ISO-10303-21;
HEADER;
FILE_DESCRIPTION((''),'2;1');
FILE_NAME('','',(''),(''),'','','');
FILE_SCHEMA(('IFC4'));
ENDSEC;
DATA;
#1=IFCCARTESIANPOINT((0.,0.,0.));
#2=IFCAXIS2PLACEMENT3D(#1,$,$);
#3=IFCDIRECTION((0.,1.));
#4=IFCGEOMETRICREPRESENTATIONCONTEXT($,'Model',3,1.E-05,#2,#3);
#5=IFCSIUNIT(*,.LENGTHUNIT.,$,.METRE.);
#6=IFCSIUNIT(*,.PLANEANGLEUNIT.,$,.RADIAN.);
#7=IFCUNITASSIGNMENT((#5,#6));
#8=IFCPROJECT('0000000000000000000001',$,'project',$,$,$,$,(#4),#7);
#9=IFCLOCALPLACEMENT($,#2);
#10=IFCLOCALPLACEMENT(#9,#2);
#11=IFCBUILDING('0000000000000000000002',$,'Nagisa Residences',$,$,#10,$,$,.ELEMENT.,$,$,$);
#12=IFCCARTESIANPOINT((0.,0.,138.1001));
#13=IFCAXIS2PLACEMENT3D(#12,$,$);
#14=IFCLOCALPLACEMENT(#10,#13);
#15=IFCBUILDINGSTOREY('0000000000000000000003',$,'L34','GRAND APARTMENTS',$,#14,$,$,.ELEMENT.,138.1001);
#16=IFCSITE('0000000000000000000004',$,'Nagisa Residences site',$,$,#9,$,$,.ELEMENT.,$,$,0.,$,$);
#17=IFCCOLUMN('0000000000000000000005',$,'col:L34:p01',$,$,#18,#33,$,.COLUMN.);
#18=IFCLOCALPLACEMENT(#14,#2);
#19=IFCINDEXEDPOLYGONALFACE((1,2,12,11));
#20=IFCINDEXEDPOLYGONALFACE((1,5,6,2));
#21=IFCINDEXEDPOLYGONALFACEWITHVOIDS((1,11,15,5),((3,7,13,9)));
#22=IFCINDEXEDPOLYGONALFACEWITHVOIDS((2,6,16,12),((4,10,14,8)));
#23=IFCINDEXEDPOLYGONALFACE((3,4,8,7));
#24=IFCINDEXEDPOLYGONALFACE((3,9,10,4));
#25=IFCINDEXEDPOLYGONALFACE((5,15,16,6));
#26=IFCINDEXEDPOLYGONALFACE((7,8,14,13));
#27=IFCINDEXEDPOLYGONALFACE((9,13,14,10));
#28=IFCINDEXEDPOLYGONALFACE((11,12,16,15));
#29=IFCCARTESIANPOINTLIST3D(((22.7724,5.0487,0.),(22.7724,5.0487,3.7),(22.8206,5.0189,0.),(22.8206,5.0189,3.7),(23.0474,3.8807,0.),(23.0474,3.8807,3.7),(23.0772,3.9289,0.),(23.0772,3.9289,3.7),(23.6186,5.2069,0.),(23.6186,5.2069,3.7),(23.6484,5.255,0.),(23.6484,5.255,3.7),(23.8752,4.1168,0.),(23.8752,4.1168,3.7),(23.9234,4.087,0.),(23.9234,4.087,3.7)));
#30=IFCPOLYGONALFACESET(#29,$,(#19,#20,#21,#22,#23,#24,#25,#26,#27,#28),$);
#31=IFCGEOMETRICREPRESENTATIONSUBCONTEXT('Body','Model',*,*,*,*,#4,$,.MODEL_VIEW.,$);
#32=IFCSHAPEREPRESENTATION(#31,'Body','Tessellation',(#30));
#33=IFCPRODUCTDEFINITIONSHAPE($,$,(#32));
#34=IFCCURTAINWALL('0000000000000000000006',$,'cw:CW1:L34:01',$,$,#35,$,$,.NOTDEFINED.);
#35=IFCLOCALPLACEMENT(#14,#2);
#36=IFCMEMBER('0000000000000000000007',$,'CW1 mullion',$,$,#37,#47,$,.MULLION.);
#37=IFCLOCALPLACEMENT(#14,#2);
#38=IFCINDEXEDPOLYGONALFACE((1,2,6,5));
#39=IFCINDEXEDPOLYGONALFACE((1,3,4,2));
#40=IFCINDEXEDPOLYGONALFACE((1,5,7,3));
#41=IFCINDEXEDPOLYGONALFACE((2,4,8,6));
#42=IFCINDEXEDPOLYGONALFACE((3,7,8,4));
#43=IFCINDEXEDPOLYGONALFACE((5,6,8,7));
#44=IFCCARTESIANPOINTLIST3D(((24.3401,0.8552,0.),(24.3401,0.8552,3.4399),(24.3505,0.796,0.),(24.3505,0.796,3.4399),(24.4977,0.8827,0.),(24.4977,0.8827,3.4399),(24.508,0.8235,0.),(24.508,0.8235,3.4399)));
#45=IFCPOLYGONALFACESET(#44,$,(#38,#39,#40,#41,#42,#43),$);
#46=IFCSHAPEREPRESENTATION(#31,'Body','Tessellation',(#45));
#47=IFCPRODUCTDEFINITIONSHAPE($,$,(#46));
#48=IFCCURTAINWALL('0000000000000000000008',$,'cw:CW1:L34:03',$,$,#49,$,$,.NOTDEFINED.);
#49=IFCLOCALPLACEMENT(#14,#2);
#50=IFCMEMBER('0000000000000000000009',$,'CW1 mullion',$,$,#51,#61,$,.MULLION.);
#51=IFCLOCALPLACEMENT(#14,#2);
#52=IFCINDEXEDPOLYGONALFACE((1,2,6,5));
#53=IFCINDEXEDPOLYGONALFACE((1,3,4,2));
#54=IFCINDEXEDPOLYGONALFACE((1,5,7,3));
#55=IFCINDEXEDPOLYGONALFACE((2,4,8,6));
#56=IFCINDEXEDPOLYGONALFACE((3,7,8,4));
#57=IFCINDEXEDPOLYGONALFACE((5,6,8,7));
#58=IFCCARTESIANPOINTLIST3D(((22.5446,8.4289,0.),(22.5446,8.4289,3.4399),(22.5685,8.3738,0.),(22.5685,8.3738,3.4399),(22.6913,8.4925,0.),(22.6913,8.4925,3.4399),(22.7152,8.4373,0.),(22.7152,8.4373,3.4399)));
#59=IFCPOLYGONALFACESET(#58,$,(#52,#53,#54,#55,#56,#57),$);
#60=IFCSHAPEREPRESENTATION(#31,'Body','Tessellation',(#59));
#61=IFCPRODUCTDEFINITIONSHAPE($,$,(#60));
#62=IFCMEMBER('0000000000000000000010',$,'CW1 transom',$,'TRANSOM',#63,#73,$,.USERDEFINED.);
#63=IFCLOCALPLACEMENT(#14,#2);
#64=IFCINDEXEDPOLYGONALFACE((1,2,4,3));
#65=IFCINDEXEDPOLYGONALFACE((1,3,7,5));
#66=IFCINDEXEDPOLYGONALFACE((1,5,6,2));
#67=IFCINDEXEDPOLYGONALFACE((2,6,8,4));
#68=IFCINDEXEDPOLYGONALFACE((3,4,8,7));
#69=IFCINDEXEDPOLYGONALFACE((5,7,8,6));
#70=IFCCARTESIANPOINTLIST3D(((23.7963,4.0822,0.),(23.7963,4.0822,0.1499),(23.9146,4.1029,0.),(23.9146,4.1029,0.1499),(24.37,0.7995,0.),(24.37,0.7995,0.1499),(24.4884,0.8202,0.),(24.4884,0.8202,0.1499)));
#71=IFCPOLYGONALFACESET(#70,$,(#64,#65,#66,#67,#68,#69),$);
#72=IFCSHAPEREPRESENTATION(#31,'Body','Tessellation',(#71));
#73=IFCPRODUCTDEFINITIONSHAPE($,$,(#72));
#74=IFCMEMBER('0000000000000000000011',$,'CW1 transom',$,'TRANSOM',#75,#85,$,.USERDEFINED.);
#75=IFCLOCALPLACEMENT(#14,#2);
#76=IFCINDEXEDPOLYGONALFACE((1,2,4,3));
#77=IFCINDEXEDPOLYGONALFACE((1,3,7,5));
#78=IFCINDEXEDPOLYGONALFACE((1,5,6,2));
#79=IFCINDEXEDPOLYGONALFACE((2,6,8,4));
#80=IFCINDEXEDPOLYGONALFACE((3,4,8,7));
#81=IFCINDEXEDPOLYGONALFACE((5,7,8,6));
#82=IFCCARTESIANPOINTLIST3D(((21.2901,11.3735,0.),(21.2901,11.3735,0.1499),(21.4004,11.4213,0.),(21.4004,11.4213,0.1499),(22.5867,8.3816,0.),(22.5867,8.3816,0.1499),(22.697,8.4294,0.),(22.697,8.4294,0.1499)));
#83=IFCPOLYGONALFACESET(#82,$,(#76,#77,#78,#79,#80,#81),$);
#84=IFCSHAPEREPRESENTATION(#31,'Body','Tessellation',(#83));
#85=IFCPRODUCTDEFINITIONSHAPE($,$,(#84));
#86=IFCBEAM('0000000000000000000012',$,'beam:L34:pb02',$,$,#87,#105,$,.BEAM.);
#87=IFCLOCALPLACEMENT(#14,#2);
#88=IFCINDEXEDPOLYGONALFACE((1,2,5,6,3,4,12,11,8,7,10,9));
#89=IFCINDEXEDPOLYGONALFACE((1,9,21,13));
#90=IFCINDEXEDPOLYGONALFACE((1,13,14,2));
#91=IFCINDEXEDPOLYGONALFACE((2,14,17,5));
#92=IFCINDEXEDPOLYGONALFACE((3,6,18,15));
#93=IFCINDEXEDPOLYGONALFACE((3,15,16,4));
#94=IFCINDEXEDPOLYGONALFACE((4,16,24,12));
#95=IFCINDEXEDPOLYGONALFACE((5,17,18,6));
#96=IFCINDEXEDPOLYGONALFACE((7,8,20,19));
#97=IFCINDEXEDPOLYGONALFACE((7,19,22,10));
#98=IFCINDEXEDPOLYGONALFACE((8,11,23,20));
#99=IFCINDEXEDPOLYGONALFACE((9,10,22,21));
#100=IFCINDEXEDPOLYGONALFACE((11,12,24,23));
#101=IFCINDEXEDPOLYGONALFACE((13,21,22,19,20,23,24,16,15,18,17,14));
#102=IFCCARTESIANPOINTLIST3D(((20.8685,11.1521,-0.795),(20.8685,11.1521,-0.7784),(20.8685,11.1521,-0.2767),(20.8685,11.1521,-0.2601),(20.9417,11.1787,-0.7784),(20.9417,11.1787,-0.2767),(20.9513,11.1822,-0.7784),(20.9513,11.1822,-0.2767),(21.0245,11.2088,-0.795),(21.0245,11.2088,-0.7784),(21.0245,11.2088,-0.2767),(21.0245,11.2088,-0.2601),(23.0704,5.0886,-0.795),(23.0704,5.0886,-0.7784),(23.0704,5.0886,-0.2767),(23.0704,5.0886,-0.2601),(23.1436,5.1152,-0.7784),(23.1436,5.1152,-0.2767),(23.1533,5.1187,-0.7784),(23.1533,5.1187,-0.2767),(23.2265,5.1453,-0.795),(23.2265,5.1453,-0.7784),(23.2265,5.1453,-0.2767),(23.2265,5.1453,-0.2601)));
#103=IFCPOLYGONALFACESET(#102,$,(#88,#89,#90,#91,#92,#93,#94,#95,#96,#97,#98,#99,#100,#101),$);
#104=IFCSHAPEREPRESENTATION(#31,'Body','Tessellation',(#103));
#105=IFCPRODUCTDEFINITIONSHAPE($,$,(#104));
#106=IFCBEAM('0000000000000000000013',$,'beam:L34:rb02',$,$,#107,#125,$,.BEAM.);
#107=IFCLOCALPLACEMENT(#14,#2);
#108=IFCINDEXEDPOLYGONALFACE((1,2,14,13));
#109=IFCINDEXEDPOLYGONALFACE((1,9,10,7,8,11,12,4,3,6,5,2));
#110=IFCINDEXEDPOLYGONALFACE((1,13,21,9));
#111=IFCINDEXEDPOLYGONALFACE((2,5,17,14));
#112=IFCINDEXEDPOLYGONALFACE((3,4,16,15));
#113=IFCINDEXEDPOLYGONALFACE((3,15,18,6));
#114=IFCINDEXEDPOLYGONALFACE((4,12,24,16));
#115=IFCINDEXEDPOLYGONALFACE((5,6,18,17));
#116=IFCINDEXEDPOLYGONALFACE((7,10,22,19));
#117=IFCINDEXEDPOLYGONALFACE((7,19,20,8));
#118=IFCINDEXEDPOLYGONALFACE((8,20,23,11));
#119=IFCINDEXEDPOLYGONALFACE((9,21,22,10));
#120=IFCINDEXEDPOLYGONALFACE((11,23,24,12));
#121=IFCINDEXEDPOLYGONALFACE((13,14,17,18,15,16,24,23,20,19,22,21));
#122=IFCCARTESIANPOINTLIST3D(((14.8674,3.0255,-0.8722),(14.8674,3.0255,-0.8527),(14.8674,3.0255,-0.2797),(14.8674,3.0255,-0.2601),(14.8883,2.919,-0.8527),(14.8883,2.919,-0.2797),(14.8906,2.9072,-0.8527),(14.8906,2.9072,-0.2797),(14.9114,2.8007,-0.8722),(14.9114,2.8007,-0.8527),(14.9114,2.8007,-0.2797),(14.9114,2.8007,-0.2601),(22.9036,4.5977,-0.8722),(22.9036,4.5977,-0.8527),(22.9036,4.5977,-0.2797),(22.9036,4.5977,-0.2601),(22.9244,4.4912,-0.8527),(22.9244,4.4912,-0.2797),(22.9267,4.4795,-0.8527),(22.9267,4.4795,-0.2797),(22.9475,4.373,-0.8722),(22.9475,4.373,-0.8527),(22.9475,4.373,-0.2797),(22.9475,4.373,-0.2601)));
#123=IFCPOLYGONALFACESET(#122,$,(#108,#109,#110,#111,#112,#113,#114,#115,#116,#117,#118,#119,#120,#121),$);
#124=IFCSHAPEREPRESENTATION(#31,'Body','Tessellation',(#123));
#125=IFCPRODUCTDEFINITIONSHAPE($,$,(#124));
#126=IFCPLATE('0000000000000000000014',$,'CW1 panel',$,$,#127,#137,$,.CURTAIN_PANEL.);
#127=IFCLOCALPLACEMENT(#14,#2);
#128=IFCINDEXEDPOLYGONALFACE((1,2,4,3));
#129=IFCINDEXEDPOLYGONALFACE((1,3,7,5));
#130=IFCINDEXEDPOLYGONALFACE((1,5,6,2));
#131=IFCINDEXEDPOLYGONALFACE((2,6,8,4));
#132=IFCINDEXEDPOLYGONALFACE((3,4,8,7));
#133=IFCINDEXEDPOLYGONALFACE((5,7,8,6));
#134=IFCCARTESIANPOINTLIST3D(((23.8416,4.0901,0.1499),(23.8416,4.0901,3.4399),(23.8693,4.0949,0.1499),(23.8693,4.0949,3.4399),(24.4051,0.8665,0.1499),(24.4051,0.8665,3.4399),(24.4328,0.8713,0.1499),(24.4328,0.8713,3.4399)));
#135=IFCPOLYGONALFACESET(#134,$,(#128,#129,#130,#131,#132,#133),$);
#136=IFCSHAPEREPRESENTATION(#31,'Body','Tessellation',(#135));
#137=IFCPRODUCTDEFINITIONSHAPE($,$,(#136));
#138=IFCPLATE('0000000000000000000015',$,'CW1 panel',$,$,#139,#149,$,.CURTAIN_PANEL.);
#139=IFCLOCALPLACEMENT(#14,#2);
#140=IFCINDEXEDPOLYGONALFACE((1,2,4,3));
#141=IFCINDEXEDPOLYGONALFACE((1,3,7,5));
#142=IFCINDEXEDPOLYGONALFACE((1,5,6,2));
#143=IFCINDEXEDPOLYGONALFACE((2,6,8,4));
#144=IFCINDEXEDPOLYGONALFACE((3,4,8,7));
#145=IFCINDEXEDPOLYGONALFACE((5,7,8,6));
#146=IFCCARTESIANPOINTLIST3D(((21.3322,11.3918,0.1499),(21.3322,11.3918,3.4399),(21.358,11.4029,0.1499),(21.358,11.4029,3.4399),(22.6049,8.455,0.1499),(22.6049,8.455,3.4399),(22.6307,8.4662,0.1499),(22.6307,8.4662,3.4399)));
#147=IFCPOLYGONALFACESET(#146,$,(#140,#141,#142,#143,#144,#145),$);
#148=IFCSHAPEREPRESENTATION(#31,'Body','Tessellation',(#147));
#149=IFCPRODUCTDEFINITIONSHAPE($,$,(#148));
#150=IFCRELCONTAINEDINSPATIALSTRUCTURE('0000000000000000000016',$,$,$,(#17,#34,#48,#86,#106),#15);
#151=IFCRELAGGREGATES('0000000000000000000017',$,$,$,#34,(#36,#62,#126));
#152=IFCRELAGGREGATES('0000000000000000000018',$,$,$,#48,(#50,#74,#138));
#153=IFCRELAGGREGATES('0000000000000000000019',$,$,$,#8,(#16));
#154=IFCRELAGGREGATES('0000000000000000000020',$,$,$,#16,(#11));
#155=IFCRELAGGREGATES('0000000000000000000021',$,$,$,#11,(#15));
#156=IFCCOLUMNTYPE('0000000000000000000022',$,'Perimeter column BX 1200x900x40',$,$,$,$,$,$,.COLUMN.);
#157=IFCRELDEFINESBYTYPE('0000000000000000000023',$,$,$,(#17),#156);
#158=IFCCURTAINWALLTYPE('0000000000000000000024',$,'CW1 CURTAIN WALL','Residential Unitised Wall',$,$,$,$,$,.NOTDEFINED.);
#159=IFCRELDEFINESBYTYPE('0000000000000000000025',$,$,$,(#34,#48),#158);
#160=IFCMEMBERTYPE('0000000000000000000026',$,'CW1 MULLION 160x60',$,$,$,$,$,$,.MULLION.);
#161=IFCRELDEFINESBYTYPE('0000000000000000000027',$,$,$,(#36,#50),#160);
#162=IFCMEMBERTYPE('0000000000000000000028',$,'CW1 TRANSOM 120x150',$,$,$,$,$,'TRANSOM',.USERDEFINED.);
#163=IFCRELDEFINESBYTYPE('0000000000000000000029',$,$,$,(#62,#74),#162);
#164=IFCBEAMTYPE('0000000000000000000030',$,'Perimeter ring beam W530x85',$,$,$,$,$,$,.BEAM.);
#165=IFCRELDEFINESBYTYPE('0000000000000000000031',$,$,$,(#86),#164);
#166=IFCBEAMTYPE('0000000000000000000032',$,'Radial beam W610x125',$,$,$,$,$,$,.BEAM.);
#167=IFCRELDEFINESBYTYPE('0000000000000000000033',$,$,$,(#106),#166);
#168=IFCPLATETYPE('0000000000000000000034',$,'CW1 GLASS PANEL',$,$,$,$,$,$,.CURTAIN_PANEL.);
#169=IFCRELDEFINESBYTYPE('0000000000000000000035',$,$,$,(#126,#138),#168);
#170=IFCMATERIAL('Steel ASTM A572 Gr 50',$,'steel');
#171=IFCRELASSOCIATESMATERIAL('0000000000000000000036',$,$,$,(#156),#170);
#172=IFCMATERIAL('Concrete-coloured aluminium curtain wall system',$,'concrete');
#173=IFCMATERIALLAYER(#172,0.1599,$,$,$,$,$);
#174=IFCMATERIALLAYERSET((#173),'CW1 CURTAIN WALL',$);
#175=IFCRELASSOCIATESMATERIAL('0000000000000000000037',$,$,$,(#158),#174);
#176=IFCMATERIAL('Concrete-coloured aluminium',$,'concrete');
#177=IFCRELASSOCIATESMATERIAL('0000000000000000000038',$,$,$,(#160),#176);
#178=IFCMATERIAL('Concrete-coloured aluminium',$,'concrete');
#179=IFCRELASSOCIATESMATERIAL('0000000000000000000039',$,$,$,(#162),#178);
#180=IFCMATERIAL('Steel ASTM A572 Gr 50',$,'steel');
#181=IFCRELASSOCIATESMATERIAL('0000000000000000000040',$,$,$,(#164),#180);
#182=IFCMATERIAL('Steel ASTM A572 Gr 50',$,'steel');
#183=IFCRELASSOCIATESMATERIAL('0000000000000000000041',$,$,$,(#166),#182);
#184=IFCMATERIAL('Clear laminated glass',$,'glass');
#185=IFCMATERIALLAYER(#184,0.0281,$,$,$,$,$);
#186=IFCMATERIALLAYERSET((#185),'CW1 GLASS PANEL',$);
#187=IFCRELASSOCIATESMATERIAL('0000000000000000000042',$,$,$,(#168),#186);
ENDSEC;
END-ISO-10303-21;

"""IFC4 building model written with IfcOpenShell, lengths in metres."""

from ifc_helpers import new_model, si_unit, direction, frame, origin, origin_2d, place, context, subcontext, project, spatial, rectangle, hollow_rectangle, i_section, extrude, material, layer, layer_set, material_profile, profile_set, type_object, element, aggregate, save


model = new_model("IFC4")

# Units and contexts
model_context = context("Model", 3, precision=1e-05, world=origin(), true_north=direction((0.0, 1.0)))
body_context = subcontext(model_context, "Body", "Model", "MODEL_VIEW")
ifc_project = project(units=[si_unit("LENGTHUNIT", "METRE"), si_unit("PLANEANGLEUNIT", "RADIAN")], contexts=[model_context])

# Site, building, storey
site_placement = place(None, origin())
site = spatial("IfcSite", under=ifc_project, at=site_placement, Name="Nagisa Residences site", CompositionType="ELEMENT", RefElevation=0.0)
building_placement = place(site_placement, origin())
building = spatial("IfcBuilding", under=site, at=building_placement, Name="Nagisa Residences", CompositionType="ELEMENT")
storey_placement = place(building_placement, frame((0.0, 0.0, 138.1001)))
storey = spatial("IfcBuildingStorey", under=building, at=storey_placement, Name="L34", Description="GRAND APARTMENTS", CompositionType="ELEMENT", Elevation=138.1001)

# Column
ifc_material_1 = material(Name="Steel ASTM A572 Gr 50", Category="steel")
ifc_material_profile_1 = material_profile(ifc_material_1, hollow_rectangle(XDim=1.2, YDim=0.8999, WallThickness=0.04, at=origin_2d()), Name="BX 1200x900x40")
ifc_profile_set_1 = profile_set([ifc_material_profile_1], Name="Steel ASTM A572 Gr 50")
column_type = type_object("IfcColumnType", Name="Perimeter column BX 1200x900x40", PredefinedType="COLUMN", material=ifc_profile_set_1)
column_placement = place(storey_placement, frame((23.3479, 4.5679, 0.0), z_axis=(0.0, 0.0, 1.0), x_axis=(-0.229202, 0.973379, 0.0)))
element("IfcColumn", 1, at=column_placement, inside=storey, type_object=column_type, Name="col:L34:p01", PredefinedType="COLUMN", context=body_context, shape_type="SweptSolid", body=[
    extrude(hollow_rectangle(XDim=1.2, YDim=0.8999, WallThickness=0.04, at=origin_2d()), origin(), (0.0, 0.0, 1.0), 3.7),
])

# Curtain walls, members
ifc_material_2 = material(Name="Concrete-coloured aluminium curtain wall system", Category="concrete")
ifc_layer_1 = layer(ifc_material_2, 0.1599)
ifc_layer_set_1 = layer_set([ifc_layer_1], Name="CW1 CURTAIN WALL")
curtain_wall_type = type_object("IfcCurtainWallType", Name="CW1 CURTAIN WALL", Description="Residential Unitised Wall", PredefinedType="NOTDEFINED", material=ifc_layer_set_1)
curtain_wall_1_placement = place(storey_placement, origin())
curtain_wall_1 = element("IfcCurtainWall", 2, at=curtain_wall_1_placement, inside=storey, type_object=curtain_wall_type, Name="cw:CW1:L34:01", PredefinedType="NOTDEFINED")
ifc_material_3 = material(Name="Concrete-coloured aluminium", Category="concrete")
ifc_material_profile_2 = material_profile(ifc_material_3, rectangle(XDim=0.1599, YDim=0.0601, at=origin_2d()), Name="CW1 MULLION 160x60")
ifc_profile_set_2 = profile_set([ifc_material_profile_2], Name="Concrete-coloured aluminium")
member_type_1 = type_object("IfcMemberType", Name="CW1 MULLION 160x60", PredefinedType="MULLION", material=ifc_profile_set_2)
member_1_placement = place(storey_placement, frame((24.4241, 0.8394, 0.0), z_axis=(0.0, 0.0, 1.0), x_axis=(-0.985064, -0.172191, 0.0)))
member_1 = element("IfcMember", 3, at=member_1_placement, type_object=member_type_1, Name="CW1 mullion", PredefinedType="MULLION", context=body_context, shape_type="SweptSolid", body=[
    extrude(rectangle(XDim=0.1599, YDim=0.0601, at=origin_2d()), origin(), (0.0, 0.0, 1.0), 3.4399),
])
curtain_wall_2_placement = place(storey_placement, origin())
curtain_wall_2 = element("IfcCurtainWall", 4, at=curtain_wall_2_placement, inside=storey, type_object=curtain_wall_type, Name="cw:CW1:L34:03", PredefinedType="NOTDEFINED")
member_2_placement = place(storey_placement, frame((22.6299, 8.4331, 0.0), z_axis=(0.0, 0.0, 1.0), x_axis=(-0.917543, -0.397636, 0.0)))
member_2 = element("IfcMember", 5, at=member_2_placement, type_object=member_type_1, Name="CW1 mullion", PredefinedType="MULLION", context=body_context, shape_type="SweptSolid", body=[
    extrude(rectangle(XDim=0.1599, YDim=0.0601, at=origin_2d()), origin(), (0.0, 0.0, 1.0), 3.4399),
])

# Members
ifc_material_4 = material(Name="Concrete-coloured aluminium", Category="concrete")
ifc_material_profile_3 = material_profile(ifc_material_4, rectangle(XDim=0.1201, YDim=0.1499, at=origin_2d()), Name="CW1 TRANSOM 120x150")
ifc_profile_set_3 = profile_set([ifc_material_profile_3], Name="Concrete-coloured aluminium")
member_type_2 = type_object("IfcMemberType", Name="CW1 TRANSOM 120x150", ElementType="TRANSOM", PredefinedType="USERDEFINED", material=ifc_profile_set_3)
member_3_placement = place(storey_placement, frame((24.4292, 0.8098, 0.075), z_axis=(-0.172164, 0.985068, 0.0), x_axis=(-0.985068, -0.172164, 0.0)))
member_3 = element("IfcMember", 6, at=member_3_placement, type_object=member_type_2, Name="CW1 transom", ObjectType="TRANSOM", PredefinedType="USERDEFINED", context=body_context, shape_type="SweptSolid", body=[
    extrude(rectangle(XDim=0.1201, YDim=0.1499, at=origin_2d()), origin(), (0.0, 0.0, 1.0), 3.3325),
])
member_4_placement = place(storey_placement, frame((22.6418, 8.4055, 0.075), z_axis=(-0.397639, 0.917542, 0.0), x_axis=(-0.917542, -0.397639, 0.0)))
member_4 = element("IfcMember", 7, at=member_4_placement, type_object=member_type_2, Name="CW1 transom", ObjectType="TRANSOM", PredefinedType="USERDEFINED", context=body_context, shape_type="SweptSolid", body=[
    extrude(rectangle(XDim=0.1201, YDim=0.1499, at=origin_2d()), origin(), (0.0, 0.0, 1.0), 3.2607),
])

# Beams
ifc_material_5 = material(Name="Steel ASTM A572 Gr 50", Category="steel")
ifc_material_profile_4 = material_profile(ifc_material_5, i_section(OverallWidth=0.166, OverallDepth=0.5349, WebThickness=0.0103, FlangeThickness=0.0166, at=origin_2d()), Name="W530x85")
ifc_profile_set_4 = profile_set([ifc_material_profile_4], Name="Steel ASTM A572 Gr 50")
beam_type_1 = type_object("IfcBeamType", Name="Perimeter ring beam W530x85", PredefinedType="BEAM", material=ifc_profile_set_4)
beam_1_placement = place(storey_placement, frame((23.1484, 5.1169, -0.5276), z_axis=(-0.341333, 0.939943, 0.0), x_axis=(-0.939943, -0.341333, 0.0)))
element("IfcBeam", 8, at=beam_1_placement, inside=storey, type_object=beam_type_1, Name="beam:L34:pb02", PredefinedType="BEAM", context=body_context, shape_type="SweptSolid", body=[
    extrude(i_section(OverallWidth=0.166, OverallDepth=0.5349, WebThickness=0.0103, FlangeThickness=0.0166, at=origin_2d()), origin(), (0.0, 0.0, 1.0), 6.4509),
])
ifc_material_6 = material(Name="Steel ASTM A572 Gr 50", Category="steel")
ifc_material_profile_5 = material_profile(ifc_material_6, i_section(OverallWidth=0.229, OverallDepth=0.6121, WebThickness=0.012, FlangeThickness=0.0195, at=origin_2d()), Name="W610x125")
ifc_profile_set_5 = profile_set([ifc_material_profile_5], Name="Steel ASTM A572 Gr 50")
beam_type_2 = type_object("IfcBeamType", Name="Radial beam W610x125", PredefinedType="BEAM", material=ifc_profile_set_5)
beam_2_placement = place(storey_placement, frame((22.9255, 4.4854, -0.5662), z_axis=(-0.981393, -0.192009, 0.0), x_axis=(0.192009, -0.981393, 0.0)))
element("IfcBeam", 9, at=beam_2_placement, inside=storey, type_object=beam_type_2, Name="beam:L34:rb02", PredefinedType="BEAM", context=body_context, shape_type="SweptSolid", body=[
    extrude(i_section(OverallWidth=0.229, OverallDepth=0.6121, WebThickness=0.012, FlangeThickness=0.0195, at=origin_2d()), origin(), (0.0, 0.0, 1.0), 8.1885),
])

# Plates
ifc_material_7 = material(Name="Clear laminated glass", Category="glass")
ifc_layer_2 = layer(ifc_material_7, 0.0281)
ifc_layer_set_2 = layer_set([ifc_layer_2], Name="CW1 GLASS PANEL")
plate_type = type_object("IfcPlateType", Name="CW1 GLASS PANEL", PredefinedType="CURTAIN_PANEL", material=ifc_layer_set_2)
plate_1_placement = place(storey_placement, frame((24.1372, 2.4807, 0.1499), z_axis=(0.0, 0.0, 1.0), x_axis=(-0.172191, 0.985064, 0.0)))
plate_1 = element("IfcPlate", 10, at=plate_1_placement, type_object=plate_type, Name="CW1 panel", PredefinedType="CURTAIN_PANEL", context=body_context, shape_type="SweptSolid", body=[
    extrude(rectangle(XDim=3.2725, YDim=0.0281, at=origin_2d()), origin(), (0.0, 0.0, 1.0), 3.29),
])
aggregate(curtain_wall_1, [member_1, member_3, plate_1])
plate_2_placement = place(storey_placement, frame((21.9814, 9.929, 0.1499), z_axis=(0.0, 0.0, 1.0), x_axis=(-0.397636, 0.917543, 0.0)))
plate_2 = element("IfcPlate", 11, at=plate_2_placement, type_object=plate_type, Name="CW1 panel", PredefinedType="CURTAIN_PANEL", context=body_context, shape_type="SweptSolid", body=[
    extrude(rectangle(XDim=3.2007, YDim=0.0281, at=origin_2d()), origin(), (0.0, 0.0, 1.0), 3.29),
])
aggregate(curtain_wall_2, [member_2, member_4, plate_2])

save(model, "model.ifc")
